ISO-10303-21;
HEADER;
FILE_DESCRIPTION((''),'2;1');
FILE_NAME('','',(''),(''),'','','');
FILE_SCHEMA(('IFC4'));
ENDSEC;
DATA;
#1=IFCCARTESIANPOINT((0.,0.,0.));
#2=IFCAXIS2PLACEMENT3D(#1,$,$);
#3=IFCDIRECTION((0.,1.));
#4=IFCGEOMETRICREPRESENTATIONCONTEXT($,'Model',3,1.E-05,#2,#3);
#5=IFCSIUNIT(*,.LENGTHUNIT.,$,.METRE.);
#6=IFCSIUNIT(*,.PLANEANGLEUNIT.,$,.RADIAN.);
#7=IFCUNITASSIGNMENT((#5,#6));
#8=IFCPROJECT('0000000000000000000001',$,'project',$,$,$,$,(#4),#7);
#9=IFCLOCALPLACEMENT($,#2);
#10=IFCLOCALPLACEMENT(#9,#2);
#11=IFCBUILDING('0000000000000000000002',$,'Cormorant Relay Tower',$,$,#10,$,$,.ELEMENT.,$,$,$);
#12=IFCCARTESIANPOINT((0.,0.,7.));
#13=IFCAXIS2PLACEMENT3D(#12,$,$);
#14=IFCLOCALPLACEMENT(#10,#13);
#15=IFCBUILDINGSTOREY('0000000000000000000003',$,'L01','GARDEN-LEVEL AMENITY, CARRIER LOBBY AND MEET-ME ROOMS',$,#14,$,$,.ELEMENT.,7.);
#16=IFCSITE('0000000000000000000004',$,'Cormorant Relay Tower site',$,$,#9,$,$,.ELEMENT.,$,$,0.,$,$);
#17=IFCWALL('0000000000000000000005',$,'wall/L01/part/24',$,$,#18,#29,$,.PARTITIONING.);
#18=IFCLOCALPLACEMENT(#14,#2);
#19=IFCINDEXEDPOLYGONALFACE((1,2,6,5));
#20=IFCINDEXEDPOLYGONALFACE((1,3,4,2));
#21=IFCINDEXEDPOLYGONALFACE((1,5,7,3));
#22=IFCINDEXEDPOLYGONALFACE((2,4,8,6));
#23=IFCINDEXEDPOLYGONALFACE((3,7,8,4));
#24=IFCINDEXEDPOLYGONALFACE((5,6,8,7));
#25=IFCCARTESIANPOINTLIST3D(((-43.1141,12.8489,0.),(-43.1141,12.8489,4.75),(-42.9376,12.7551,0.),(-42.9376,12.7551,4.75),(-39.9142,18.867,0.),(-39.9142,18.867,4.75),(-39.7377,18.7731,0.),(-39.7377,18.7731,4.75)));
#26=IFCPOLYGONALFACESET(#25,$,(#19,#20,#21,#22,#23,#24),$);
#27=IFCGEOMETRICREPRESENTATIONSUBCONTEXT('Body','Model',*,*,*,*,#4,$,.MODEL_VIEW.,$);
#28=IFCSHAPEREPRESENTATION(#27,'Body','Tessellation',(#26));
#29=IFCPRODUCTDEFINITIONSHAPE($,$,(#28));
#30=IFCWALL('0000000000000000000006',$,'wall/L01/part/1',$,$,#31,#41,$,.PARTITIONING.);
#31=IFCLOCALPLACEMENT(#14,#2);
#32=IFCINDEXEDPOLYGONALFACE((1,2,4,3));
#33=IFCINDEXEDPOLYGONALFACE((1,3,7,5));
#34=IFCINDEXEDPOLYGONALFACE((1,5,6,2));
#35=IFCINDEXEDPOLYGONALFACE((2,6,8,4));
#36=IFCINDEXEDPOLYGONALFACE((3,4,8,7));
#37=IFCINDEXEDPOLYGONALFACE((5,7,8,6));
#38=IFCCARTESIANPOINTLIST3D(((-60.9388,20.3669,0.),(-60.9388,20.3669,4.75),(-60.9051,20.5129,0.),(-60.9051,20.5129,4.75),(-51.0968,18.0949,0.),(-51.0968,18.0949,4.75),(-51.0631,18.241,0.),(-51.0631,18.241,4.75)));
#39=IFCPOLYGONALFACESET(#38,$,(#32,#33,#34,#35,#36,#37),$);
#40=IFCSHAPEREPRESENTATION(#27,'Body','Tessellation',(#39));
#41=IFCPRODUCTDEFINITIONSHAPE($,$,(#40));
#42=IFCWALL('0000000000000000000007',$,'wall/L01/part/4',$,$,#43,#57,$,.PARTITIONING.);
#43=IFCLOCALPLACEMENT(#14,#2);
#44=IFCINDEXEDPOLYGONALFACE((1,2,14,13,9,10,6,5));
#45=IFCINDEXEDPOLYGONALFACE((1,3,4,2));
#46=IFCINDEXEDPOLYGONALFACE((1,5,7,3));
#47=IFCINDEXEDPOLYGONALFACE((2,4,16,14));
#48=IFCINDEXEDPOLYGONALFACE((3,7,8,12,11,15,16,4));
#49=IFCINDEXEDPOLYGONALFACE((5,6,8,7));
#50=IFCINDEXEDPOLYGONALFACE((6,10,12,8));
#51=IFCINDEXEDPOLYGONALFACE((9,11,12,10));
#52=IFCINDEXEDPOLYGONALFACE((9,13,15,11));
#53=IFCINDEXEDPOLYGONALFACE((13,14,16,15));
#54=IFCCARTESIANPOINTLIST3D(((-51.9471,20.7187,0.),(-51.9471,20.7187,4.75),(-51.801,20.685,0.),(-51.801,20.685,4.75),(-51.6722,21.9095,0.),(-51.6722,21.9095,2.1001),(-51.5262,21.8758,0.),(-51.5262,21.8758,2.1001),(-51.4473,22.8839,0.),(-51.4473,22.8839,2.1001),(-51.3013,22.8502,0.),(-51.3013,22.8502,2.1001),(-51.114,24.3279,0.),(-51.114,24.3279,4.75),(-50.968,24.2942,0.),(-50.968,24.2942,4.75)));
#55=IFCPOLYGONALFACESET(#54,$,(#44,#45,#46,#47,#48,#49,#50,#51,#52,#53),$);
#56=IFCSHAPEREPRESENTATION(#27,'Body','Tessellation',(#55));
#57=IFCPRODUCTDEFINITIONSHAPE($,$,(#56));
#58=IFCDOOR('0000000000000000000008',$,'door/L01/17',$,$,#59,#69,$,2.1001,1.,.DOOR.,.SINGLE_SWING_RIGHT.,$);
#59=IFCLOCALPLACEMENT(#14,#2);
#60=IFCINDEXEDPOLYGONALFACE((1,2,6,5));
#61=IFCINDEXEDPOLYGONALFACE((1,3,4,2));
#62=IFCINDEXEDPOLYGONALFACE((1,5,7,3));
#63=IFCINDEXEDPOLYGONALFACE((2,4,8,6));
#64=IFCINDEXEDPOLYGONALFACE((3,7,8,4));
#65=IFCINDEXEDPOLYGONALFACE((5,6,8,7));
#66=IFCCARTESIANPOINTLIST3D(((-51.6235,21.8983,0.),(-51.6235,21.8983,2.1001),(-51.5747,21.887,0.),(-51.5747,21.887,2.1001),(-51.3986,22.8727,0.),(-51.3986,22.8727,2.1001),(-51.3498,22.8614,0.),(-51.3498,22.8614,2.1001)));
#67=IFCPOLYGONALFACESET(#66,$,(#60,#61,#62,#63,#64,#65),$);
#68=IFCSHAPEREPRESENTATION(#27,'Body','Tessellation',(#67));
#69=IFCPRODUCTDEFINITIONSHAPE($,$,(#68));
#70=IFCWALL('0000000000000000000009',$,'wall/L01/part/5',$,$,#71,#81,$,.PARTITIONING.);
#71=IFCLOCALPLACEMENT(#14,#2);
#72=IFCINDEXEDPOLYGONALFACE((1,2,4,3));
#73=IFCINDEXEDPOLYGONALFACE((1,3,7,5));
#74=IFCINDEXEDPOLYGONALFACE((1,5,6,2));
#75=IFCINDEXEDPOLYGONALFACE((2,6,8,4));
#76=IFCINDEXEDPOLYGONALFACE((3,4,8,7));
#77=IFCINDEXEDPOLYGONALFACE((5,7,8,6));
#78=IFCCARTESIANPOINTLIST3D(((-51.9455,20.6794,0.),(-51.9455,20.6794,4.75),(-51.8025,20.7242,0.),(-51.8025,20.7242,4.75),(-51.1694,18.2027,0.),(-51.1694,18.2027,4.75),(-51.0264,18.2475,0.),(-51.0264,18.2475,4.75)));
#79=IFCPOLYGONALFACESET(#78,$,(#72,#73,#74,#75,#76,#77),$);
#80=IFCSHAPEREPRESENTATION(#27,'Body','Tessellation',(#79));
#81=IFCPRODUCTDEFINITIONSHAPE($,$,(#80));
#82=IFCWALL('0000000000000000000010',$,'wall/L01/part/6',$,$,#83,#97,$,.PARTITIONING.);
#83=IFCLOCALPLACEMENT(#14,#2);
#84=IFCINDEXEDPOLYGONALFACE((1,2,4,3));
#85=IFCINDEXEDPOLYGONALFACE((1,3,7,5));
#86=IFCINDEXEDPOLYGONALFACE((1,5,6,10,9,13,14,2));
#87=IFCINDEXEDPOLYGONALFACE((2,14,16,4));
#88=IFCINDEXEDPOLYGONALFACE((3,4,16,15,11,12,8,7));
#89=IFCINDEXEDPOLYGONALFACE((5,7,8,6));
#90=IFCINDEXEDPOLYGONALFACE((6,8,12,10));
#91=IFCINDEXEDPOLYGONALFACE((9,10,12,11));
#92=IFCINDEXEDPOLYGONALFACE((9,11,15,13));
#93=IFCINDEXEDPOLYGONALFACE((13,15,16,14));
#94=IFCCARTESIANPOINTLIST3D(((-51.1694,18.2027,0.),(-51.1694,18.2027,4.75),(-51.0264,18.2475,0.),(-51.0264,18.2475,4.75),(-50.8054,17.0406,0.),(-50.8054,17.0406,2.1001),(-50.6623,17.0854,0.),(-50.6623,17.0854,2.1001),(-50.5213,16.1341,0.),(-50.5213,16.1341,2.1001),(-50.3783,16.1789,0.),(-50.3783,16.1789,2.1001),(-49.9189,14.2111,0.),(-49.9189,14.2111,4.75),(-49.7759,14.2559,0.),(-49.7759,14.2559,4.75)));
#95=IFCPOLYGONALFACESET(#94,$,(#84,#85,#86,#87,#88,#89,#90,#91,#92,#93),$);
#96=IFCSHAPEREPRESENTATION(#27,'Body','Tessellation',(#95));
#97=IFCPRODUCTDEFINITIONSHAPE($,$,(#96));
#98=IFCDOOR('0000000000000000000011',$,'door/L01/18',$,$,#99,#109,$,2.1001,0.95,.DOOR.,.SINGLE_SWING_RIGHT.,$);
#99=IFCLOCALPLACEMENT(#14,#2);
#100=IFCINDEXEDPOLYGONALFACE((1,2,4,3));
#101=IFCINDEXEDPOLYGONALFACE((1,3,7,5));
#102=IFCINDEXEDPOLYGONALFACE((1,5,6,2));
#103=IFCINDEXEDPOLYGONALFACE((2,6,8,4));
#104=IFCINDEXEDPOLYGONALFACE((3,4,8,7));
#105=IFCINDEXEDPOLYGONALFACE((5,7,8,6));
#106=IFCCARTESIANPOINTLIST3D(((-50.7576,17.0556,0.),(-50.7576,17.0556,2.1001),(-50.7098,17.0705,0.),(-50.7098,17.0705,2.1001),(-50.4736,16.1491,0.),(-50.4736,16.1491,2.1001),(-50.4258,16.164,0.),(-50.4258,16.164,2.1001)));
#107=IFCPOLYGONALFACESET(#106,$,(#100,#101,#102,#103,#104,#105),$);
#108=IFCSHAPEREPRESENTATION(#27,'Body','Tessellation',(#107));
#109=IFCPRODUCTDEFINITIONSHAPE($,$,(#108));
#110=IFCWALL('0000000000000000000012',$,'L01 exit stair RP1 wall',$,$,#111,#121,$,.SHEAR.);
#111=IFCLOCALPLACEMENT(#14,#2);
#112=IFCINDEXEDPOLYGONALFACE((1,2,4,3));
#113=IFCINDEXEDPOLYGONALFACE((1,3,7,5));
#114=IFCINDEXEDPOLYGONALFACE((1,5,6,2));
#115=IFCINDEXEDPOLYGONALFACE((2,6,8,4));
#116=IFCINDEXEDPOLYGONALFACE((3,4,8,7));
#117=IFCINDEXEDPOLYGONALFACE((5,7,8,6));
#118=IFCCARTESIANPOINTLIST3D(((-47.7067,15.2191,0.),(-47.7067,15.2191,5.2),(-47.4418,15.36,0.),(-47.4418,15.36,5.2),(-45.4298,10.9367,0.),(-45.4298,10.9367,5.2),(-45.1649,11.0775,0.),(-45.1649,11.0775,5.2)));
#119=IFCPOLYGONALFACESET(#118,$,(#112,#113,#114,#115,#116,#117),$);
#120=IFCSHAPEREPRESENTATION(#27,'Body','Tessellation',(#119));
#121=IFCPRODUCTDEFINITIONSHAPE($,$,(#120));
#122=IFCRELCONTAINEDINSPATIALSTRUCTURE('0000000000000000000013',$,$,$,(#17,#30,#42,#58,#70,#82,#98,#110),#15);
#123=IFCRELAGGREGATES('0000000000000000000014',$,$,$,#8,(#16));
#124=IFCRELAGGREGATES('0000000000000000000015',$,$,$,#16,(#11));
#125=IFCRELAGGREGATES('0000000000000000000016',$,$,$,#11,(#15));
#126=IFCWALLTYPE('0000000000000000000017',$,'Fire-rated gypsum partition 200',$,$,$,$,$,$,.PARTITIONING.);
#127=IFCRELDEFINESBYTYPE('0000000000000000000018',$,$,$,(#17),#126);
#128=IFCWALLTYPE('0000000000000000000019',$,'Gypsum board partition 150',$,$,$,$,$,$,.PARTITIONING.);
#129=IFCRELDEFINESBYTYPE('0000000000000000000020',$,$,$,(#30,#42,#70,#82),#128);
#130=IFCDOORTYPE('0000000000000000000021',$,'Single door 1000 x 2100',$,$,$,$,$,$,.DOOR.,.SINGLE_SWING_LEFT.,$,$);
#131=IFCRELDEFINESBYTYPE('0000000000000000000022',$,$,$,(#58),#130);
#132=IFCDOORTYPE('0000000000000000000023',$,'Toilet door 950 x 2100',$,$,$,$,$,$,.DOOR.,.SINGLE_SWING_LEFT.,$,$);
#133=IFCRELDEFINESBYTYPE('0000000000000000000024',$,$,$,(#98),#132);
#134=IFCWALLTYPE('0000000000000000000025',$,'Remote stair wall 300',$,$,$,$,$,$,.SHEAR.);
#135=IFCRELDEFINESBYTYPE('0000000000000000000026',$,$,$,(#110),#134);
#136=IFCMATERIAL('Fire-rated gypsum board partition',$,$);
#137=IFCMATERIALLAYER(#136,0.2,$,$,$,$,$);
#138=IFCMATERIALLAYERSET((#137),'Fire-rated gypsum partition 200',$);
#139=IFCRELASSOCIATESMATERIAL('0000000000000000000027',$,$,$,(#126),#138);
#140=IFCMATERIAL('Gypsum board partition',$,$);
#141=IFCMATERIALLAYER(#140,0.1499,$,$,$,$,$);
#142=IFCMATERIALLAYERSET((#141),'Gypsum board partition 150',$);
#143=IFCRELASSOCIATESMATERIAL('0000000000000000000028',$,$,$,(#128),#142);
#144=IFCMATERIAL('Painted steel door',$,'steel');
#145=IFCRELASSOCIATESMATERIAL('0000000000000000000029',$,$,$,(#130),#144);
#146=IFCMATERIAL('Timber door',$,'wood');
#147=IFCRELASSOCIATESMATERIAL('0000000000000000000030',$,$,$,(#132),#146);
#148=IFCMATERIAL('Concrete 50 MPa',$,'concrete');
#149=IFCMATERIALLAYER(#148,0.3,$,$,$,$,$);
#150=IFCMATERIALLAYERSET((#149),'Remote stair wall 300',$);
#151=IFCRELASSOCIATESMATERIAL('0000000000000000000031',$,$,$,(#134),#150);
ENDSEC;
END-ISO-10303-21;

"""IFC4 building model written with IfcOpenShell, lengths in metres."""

from ifc_helpers import new_model, si_unit, direction, frame, frame_2d, origin, place, context, subcontext, project, spatial, rectangle, extrude, material, layer, layer_set, type_object, element, fill, save


model = new_model("IFC4")

# Units and contexts
model_context = context("Model", 3, precision=1e-05, world=origin(), true_north=direction((0.0, 1.0)))
body_context = subcontext(model_context, "Body", "Model", "MODEL_VIEW")
ifc_project = project(units=[si_unit("LENGTHUNIT", "METRE"), si_unit("PLANEANGLEUNIT", "RADIAN")], contexts=[model_context])

# Site, building, storey
site_placement = place(None, origin())
site = spatial("IfcSite", under=ifc_project, at=site_placement, Name="Cormorant Relay Tower site", CompositionType="ELEMENT", RefElevation=0.0)
building_placement = place(site_placement, origin())
building = spatial("IfcBuilding", under=site, at=building_placement, Name="Cormorant Relay Tower", CompositionType="ELEMENT")
storey_placement = place(building_placement, frame((0.0, 0.0, 7.0)))
storey = spatial("IfcBuildingStorey", under=building, at=storey_placement, Name="L01", Description="GARDEN-LEVEL AMENITY, CARRIER LOBBY AND MEET-ME ROOMS", CompositionType="ELEMENT", Elevation=7.0)

# Shared definitions
ifc_material_1 = material(Name="Fire-rated gypsum board partition")
ifc_layer_1 = layer(ifc_material_1, 0.2)
ifc_layer_set_1 = layer_set([ifc_layer_1], Name="Fire-rated gypsum partition 200")
wall_type_1 = type_object("IfcWallType", Name="Fire-rated gypsum partition 200", PredefinedType="PARTITIONING", material=ifc_layer_set_1)

# Walls
wall_1_placement = place(storey_placement, frame((-39.8259, 18.8201, 0.0), z_axis=(0.0, 0.0, 1.0), x_axis=(-0.469482, -0.882942, 0.0)))
element("IfcWall", 1, at=wall_1_placement, inside=storey, type_object=wall_type_1, Name="wall/L01/part/24", PredefinedType="PARTITIONING", context=body_context, shape_type="SweptSolid", body=[
    extrude(rectangle(XDim=6.8159, YDim=0.2, at=frame_2d((3.408, 0.0))), origin(), (0.0, 0.0, 1.0), 4.75),
])
ifc_material_2 = material(Name="Gypsum board partition")
ifc_layer_2 = layer(ifc_material_2, 0.1499)
ifc_layer_set_2 = layer_set([ifc_layer_2], Name="Gypsum board partition 150")
wall_type_2 = type_object("IfcWallType", Name="Gypsum board partition 150", PredefinedType="PARTITIONING", material=ifc_layer_set_2)
wall_2_placement = place(storey_placement, frame((-51.0801, 18.168, 0.0), z_axis=(0.0, 0.0, 1.0), x_axis=(-0.974375, 0.224928, 0.0)))
element("IfcWall", 2, at=wall_2_placement, inside=storey, type_object=wall_type_2, Name="wall/L01/part/1", PredefinedType="PARTITIONING", context=body_context, shape_type="SweptSolid", body=[
    extrude(rectangle(XDim=10.1008, YDim=0.1499, at=frame_2d((5.0503, 0.0))), origin(), (0.0, 0.0, 1.0), 4.75),
])

# Wall, opening, door
wall_3_placement = place(storey_placement, frame((-51.041, 24.311, 0.0), z_axis=(0.0, 0.0, 1.0), x_axis=(-0.224893, -0.974383, 0.0)))
wall_3 = element("IfcWall", 3, at=wall_3_placement, inside=storey, type_object=wall_type_2, Name="wall/L01/part/4", PredefinedType="PARTITIONING", context=body_context, shape_type="SweptSolid", body=[
    extrude(rectangle(XDim=3.7041, YDim=0.1499, at=frame_2d((1.8521, 0.0))), origin(), (0.0, 0.0, 1.0), 4.75),
])
opening_1_placement = place(wall_3_placement, frame((1.4819, 0.0, 0.0)))
opening_1 = element("IfcOpeningElement", 4, at=opening_1_placement, cuts=wall_3, PredefinedType="OPENING", context=body_context, shape_type="SweptSolid", body=[
    extrude(rectangle(XDim=1.0, YDim=2.1001, at=frame_2d((0.5, 1.05))), frame((0.0, 0.085, 0.0), z_axis=(0.0, -1.0, 0.0), x_axis=(1.0, 0.0, 0.0)), (0.0, 0.0, 1.0), 0.1699),
])
ifc_material_3 = material(Name="Painted steel door", Category="steel")
door_type_1 = type_object("IfcDoorType", Name="Single door 1000 x 2100", OperationType="SINGLE_SWING_LEFT", PredefinedType="DOOR", material=ifc_material_3)
door_1_placement = place(opening_1_placement, frame((1.0, 0.0, 0.0), z_axis=(0.0, 0.0, 1.0), x_axis=(-1.0, 0.0, 0.0)))
door_1 = element("IfcDoor", 5, at=door_1_placement, inside=storey, type_object=door_type_1, Name="door/L01/17", OperationType="SINGLE_SWING_RIGHT", OverallHeight=2.1001, OverallWidth=1.0, PredefinedType="DOOR", context=body_context, shape_type="SweptSolid", body=[
    extrude(rectangle(XDim=1.0, YDim=2.1001, at=frame_2d((0.5, 1.05))), frame((0.0, 0.0249, 0.0), z_axis=(0.0, -1.0, 0.0), x_axis=(1.0, 0.0, 0.0)), (0.0, 0.0, 1.0), 0.05),
])
fill(opening_1, door_1)

# Wall
wall_4_placement = place(storey_placement, frame((-51.874, 20.7019, 0.0), z_axis=(0.0, 0.0, 1.0), x_axis=(0.299019, -0.954247, 0.0)))
element("IfcWall", 6, at=wall_4_placement, inside=storey, type_object=wall_type_2, Name="wall/L01/part/5", PredefinedType="PARTITIONING", context=body_context, shape_type="SweptSolid", body=[
    extrude(rectangle(XDim=2.5955, YDim=0.1499, at=frame_2d((1.2979, 0.0))), origin(), (0.0, 0.0, 1.0), 4.75),
])

# Wall, opening, door
wall_5_placement = place(storey_placement, frame((-49.8474, 14.2336, 0.0), z_axis=(0.0, 0.0, 1.0), x_axis=(-0.298963, 0.954265, 0.0)))
wall_5 = element("IfcWall", 7, at=wall_5_placement, inside=storey, type_object=wall_type_2, Name="wall/L01/part/6", PredefinedType="PARTITIONING", context=body_context, shape_type="SweptSolid", body=[
    extrude(rectangle(XDim=4.1829, YDim=0.1499, at=frame_2d((2.0913, 0.0))), origin(), (0.0, 0.0, 1.0), 4.75),
])
opening_2_placement = place(wall_5_placement, frame((2.0149, 0.0, 0.0)))
opening_2 = element("IfcOpeningElement", 8, at=opening_2_placement, cuts=wall_5, PredefinedType="OPENING", context=body_context, shape_type="SweptSolid", body=[
    extrude(rectangle(XDim=0.95, YDim=2.1001, at=frame_2d((0.4751, 1.05))), frame((0.0, 0.085, 0.0), z_axis=(0.0, -1.0, 0.0), x_axis=(1.0, 0.0, 0.0)), (0.0, 0.0, 1.0), 0.1699),
])
ifc_material_4 = material(Name="Timber door", Category="wood")
door_type_2 = type_object("IfcDoorType", Name="Toilet door 950 x 2100", OperationType="SINGLE_SWING_LEFT", PredefinedType="DOOR", material=ifc_material_4)
door_2_placement = place(opening_2_placement, origin())
door_2 = element("IfcDoor", 9, at=door_2_placement, inside=storey, type_object=door_type_2, Name="door/L01/18", OperationType="SINGLE_SWING_RIGHT", OverallHeight=2.1001, OverallWidth=0.95, PredefinedType="DOOR", context=body_context, shape_type="SweptSolid", body=[
    extrude(rectangle(XDim=0.95, YDim=2.1001, at=frame_2d((0.4751, 1.05))), frame((0.0, 0.0249, 0.0), z_axis=(0.0, -1.0, 0.0), x_axis=(1.0, 0.0, 0.0)), (0.0, 0.0, 1.0), 0.05),
])
fill(opening_2, door_2)

# Wall
ifc_material_5 = material(Name="Concrete 50 MPa", Category="concrete")
ifc_layer_3 = layer(ifc_material_5, 0.3)
ifc_layer_set_3 = layer_set([ifc_layer_3], Name="Remote stair wall 300")
wall_type_3 = type_object("IfcWallType", Name="Remote stair wall 300", PredefinedType="SHEAR", material=ifc_layer_set_3)
wall_6_placement = place(storey_placement, frame((-47.5742, 15.2896, 0.0), z_axis=(0.0, 0.0, 1.0), x_axis=(0.469443, -0.882963, 0.0)))
element("IfcWall", 10, at=wall_6_placement, inside=storey, type_object=wall_type_3, Name="L01 exit stair RP1 wall", PredefinedType="SHEAR", context=body_context, shape_type="SweptSolid", body=[
    extrude(rectangle(XDim=4.8501, YDim=0.3, at=frame_2d((2.425, 0.0))), origin(), (0.0, 0.0, 1.0), 5.2),
])

save(model, "model.ifc")
